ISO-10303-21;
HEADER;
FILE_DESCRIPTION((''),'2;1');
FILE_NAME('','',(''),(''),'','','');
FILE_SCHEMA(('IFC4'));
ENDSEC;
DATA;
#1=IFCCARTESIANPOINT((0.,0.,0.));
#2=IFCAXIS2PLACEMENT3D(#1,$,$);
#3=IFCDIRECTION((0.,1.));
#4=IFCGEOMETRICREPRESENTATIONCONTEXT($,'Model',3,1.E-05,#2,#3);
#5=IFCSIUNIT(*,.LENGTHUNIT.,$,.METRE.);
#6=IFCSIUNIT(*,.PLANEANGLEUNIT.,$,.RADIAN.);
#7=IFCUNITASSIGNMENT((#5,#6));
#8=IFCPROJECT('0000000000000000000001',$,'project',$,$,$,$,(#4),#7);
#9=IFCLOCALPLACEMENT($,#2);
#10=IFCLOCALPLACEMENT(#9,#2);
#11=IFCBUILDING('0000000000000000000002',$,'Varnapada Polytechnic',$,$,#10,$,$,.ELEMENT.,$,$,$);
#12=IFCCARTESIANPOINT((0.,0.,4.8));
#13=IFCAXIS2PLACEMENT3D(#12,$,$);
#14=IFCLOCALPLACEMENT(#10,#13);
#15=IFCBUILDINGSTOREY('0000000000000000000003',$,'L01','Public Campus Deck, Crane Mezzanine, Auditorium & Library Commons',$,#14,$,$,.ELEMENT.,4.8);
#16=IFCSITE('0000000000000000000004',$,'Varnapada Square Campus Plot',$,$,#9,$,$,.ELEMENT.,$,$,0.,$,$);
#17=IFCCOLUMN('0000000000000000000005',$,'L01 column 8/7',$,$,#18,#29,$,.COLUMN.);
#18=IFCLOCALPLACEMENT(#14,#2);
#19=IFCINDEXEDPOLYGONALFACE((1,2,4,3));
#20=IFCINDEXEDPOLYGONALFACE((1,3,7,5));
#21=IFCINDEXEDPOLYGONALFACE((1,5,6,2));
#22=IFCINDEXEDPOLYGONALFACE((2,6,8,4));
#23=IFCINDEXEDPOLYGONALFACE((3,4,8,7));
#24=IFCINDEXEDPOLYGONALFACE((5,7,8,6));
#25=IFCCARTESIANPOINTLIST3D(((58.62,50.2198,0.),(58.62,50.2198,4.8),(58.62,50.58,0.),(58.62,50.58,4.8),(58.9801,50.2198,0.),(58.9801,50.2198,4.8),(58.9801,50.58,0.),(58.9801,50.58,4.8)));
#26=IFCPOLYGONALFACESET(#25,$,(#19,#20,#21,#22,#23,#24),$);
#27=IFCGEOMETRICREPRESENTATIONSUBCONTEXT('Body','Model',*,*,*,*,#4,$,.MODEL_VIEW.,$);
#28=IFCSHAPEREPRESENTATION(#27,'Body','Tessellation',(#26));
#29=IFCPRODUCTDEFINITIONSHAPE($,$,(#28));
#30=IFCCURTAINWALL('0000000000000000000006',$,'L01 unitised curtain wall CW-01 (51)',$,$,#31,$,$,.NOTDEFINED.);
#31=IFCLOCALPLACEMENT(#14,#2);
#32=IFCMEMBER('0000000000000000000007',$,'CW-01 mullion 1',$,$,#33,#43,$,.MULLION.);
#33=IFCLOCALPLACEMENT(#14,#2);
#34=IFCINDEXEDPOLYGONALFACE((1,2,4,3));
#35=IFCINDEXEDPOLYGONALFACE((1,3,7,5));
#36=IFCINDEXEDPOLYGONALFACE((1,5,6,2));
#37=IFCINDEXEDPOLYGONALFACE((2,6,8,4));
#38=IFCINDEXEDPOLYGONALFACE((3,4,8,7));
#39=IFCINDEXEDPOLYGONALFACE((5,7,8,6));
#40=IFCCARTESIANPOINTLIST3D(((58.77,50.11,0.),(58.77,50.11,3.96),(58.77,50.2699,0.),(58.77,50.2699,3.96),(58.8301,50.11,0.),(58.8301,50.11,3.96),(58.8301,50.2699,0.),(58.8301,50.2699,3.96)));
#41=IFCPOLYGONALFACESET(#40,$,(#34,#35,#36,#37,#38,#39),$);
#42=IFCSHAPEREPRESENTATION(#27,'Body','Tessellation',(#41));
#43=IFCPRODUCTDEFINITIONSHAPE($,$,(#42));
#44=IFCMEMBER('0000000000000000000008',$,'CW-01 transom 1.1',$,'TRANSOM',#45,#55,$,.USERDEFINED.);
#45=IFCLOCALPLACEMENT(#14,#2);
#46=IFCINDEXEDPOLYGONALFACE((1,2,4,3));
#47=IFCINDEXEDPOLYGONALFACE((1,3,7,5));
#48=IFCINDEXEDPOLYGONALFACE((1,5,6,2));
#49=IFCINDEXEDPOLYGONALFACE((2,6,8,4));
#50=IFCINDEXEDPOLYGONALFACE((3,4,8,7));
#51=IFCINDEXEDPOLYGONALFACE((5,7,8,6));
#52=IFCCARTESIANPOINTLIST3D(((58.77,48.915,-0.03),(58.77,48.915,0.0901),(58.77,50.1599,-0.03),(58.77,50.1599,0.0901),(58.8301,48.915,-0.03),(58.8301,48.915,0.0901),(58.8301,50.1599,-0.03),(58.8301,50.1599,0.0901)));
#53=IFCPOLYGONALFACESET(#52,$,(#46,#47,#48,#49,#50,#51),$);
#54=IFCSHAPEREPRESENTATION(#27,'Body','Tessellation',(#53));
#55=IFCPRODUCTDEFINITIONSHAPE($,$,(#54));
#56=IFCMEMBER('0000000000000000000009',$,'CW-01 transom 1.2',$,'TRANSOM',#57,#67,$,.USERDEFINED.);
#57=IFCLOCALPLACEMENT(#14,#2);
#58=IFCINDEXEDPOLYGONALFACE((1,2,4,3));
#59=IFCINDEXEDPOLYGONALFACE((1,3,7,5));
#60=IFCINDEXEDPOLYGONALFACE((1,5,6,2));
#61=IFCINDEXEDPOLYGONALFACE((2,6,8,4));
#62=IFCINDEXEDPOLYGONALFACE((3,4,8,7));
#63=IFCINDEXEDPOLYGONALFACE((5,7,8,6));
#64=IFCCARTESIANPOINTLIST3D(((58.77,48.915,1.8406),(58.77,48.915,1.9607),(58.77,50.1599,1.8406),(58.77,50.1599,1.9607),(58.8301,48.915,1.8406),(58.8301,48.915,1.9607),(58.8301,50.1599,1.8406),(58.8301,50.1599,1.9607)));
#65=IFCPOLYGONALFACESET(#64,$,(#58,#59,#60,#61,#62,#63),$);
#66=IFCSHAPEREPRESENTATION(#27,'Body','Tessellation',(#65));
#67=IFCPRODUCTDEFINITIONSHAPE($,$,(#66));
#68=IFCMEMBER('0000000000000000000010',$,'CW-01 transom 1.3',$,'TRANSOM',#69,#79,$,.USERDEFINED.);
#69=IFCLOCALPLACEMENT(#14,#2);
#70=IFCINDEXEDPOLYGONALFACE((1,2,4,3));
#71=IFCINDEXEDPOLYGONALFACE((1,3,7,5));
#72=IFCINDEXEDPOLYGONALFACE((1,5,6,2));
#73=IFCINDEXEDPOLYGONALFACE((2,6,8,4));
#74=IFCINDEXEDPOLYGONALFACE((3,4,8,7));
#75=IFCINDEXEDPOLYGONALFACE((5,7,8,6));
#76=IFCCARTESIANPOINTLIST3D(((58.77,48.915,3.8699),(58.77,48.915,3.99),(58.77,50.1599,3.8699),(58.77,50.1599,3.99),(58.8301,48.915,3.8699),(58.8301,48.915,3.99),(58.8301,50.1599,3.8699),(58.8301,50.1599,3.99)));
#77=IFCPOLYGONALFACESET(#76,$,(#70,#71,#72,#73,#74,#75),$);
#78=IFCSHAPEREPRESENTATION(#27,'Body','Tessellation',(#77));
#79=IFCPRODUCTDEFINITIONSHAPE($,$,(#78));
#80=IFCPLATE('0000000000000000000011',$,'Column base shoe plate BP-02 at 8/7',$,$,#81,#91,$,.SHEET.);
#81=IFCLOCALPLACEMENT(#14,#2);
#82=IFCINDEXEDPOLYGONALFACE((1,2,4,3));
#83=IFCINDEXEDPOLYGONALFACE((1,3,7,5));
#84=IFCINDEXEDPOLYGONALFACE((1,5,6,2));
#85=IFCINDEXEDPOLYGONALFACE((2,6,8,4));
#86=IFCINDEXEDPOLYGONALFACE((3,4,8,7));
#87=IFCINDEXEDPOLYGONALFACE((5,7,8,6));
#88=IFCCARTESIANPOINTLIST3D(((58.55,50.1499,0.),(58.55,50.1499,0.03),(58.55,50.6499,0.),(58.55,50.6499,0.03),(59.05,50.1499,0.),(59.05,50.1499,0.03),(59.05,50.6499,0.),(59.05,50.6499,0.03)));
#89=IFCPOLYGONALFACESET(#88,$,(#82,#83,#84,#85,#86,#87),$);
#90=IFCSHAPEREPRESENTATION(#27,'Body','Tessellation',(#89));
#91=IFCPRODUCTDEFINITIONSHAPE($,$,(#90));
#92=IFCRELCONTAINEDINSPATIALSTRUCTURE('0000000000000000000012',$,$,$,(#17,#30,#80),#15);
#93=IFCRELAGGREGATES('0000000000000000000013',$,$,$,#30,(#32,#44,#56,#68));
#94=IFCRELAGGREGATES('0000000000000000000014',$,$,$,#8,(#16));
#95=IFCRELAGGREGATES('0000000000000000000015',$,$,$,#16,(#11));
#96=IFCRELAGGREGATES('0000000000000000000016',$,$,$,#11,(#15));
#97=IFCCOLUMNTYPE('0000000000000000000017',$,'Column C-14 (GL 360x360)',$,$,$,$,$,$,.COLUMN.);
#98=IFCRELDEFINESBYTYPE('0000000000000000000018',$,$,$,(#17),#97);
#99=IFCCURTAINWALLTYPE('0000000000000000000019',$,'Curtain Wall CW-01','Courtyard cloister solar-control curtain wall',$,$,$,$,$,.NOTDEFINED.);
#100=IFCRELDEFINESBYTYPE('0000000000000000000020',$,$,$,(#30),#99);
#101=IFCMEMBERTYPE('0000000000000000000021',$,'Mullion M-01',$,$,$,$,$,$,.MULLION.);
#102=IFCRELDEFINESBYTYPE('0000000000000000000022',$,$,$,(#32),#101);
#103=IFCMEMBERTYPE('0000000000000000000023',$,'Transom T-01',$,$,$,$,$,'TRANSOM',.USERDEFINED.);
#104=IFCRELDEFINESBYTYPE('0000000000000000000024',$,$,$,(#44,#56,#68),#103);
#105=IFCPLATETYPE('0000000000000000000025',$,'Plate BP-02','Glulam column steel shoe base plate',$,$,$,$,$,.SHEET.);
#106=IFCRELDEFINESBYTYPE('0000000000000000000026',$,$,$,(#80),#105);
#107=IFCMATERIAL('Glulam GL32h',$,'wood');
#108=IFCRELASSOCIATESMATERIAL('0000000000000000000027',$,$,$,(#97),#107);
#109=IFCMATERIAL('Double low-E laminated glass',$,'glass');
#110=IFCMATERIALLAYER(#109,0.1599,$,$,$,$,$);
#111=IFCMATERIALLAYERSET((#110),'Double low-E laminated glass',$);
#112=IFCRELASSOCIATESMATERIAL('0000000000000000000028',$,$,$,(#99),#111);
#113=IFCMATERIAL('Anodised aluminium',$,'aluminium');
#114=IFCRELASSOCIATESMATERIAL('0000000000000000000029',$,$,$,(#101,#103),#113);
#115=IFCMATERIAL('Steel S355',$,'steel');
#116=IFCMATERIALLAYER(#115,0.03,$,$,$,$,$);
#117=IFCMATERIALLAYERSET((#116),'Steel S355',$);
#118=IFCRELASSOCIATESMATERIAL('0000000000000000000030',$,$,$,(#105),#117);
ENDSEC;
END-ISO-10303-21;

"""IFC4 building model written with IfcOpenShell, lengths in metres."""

from ifc_helpers import new_model, si_unit, direction, frame, origin, origin_2d, place, context, subcontext, project, spatial, rectangle, extrude, material, layer, layer_set, material_profile, profile_set, type_object, element, aggregate, save


model = new_model("IFC4")

# Units and contexts
model_context = context("Model", 3, precision=1e-05, world=origin(), true_north=direction((0.0, 1.0)))
body_context = subcontext(model_context, "Body", "Model", "MODEL_VIEW")
ifc_project = project(units=[si_unit("LENGTHUNIT", "METRE"), si_unit("PLANEANGLEUNIT", "RADIAN")], contexts=[model_context])

# Site, building, storey
site_placement = place(None, origin())
site = spatial("IfcSite", under=ifc_project, at=site_placement, Name="Varnapada Square Campus Plot", CompositionType="ELEMENT", RefElevation=0.0)
building_placement = place(site_placement, origin())
building = spatial("IfcBuilding", under=site, at=building_placement, Name="Varnapada Polytechnic", CompositionType="ELEMENT")
storey_placement = place(building_placement, frame((0.0, 0.0, 4.8)))
storey = spatial("IfcBuildingStorey", under=building, at=storey_placement, Name="L01", Description="Public Campus Deck, Crane Mezzanine, Auditorium & Library Commons", CompositionType="ELEMENT", Elevation=4.8)

# Column
ifc_material_1 = material(Name="Glulam GL32h", Category="wood")
ifc_material_profile_1 = material_profile(ifc_material_1, rectangle(XDim=0.3601, YDim=0.3601, at=origin_2d()), Name="GL 360x360")
ifc_profile_set_1 = profile_set([ifc_material_profile_1], Name="Glulam GL32h")
column_type = type_object("IfcColumnType", Name="Column C-14 (GL 360x360)", PredefinedType="COLUMN", material=ifc_profile_set_1)
column_placement = place(storey_placement, frame((58.8, 50.3999, 0.0), z_axis=(0.0, 0.0, 1.0), x_axis=(1.0, 0.0, 0.0)))
element("IfcColumn", 1, at=column_placement, inside=storey, type_object=column_type, Name="L01 column 8/7", PredefinedType="COLUMN", context=body_context, shape_type="SweptSolid", body=[
    extrude(rectangle(XDim=0.3601, YDim=0.3601, at=origin_2d()), origin(), (0.0, 0.0, 1.0), 4.8),
])

# Curtain wall, members
ifc_material_2 = material(Name="Double low-E laminated glass", Category="glass")
ifc_layer_1 = layer(ifc_material_2, 0.1599)
ifc_layer_set_1 = layer_set([ifc_layer_1], Name="Double low-E laminated glass")
curtain_wall_type = type_object("IfcCurtainWallType", Name="Curtain Wall CW-01", Description="Courtyard cloister solar-control curtain wall", PredefinedType="NOTDEFINED", material=ifc_layer_set_1)
curtain_wall_placement = place(storey_placement, origin())
curtain_wall = element("IfcCurtainWall", 2, at=curtain_wall_placement, inside=storey, type_object=curtain_wall_type, Name="L01 unitised curtain wall CW-01 (51)", PredefinedType="NOTDEFINED")
ifc_material_3 = material(Name="Anodised aluminium", Category="aluminium")
ifc_material_profile_2 = material_profile(ifc_material_3, rectangle(XDim=0.0601, YDim=0.1599, at=origin_2d()), Name="ALU M60x160")
ifc_profile_set_2 = profile_set([ifc_material_profile_2], Name="Anodised aluminium")
member_type_1 = type_object("IfcMemberType", Name="Mullion M-01", PredefinedType="MULLION", material=ifc_profile_set_2)
member_1_placement = place(storey_placement, frame((58.8, 50.1899, 0.0), z_axis=(0.0, 0.0, 1.0), x_axis=(1.0, 0.0, 0.0)))
member_1 = element("IfcMember", 3, at=member_1_placement, type_object=member_type_1, Name="CW-01 mullion 1", PredefinedType="MULLION", context=body_context, shape_type="SweptSolid", body=[
    extrude(rectangle(XDim=0.0601, YDim=0.1599, at=origin_2d()), origin(), (0.0, 0.0, 1.0), 3.96),
])
ifc_material_profile_3 = material_profile(ifc_material_3, rectangle(XDim=0.0601, YDim=0.1201, at=origin_2d()), Name="ALU T60x120")
ifc_profile_set_3 = profile_set([ifc_material_profile_3], Name="Anodised aluminium")
member_type_2 = type_object("IfcMemberType", Name="Transom T-01", ElementType="TRANSOM", PredefinedType="USERDEFINED", material=ifc_profile_set_3)
member_2_placement = place(storey_placement, frame((58.8, 50.1599, 0.03), z_axis=(0.0, -1.0, 0.0), x_axis=(1.0, 0.0, 0.0)))
member_2 = element("IfcMember", 4, at=member_2_placement, type_object=member_type_2, Name="CW-01 transom 1.1", ObjectType="TRANSOM", PredefinedType="USERDEFINED", context=body_context, shape_type="SweptSolid", body=[
    extrude(rectangle(XDim=0.0601, YDim=0.1201, at=origin_2d()), origin(), (0.0, 0.0, 1.0), 1.2449),
])
member_3_placement = place(storey_placement, frame((58.8, 50.1599, 1.9006), z_axis=(0.0, -1.0, 0.0), x_axis=(1.0, 0.0, 0.0)))
member_3 = element("IfcMember", 5, at=member_3_placement, type_object=member_type_2, Name="CW-01 transom 1.2", ObjectType="TRANSOM", PredefinedType="USERDEFINED", context=body_context, shape_type="SweptSolid", body=[
    extrude(rectangle(XDim=0.0601, YDim=0.1201, at=origin_2d()), origin(), (0.0, 0.0, 1.0), 1.2449),
])
member_4_placement = place(storey_placement, frame((58.8, 50.1599, 3.9299), z_axis=(0.0, -1.0, 0.0), x_axis=(1.0, 0.0, 0.0)))
member_4 = element("IfcMember", 6, at=member_4_placement, type_object=member_type_2, Name="CW-01 transom 1.3", ObjectType="TRANSOM", PredefinedType="USERDEFINED", context=body_context, shape_type="SweptSolid", body=[
    extrude(rectangle(XDim=0.0601, YDim=0.1201, at=origin_2d()), origin(), (0.0, 0.0, 1.0), 1.2449),
])
aggregate(curtain_wall, [member_1, member_2, member_3, member_4])

# Plate
ifc_material_4 = material(Name="Steel S355", Category="steel")
ifc_layer_2 = layer(ifc_material_4, 0.03)
ifc_layer_set_2 = layer_set([ifc_layer_2], Name="Steel S355")
plate_type = type_object("IfcPlateType", Name="Plate BP-02", Description="Glulam column steel shoe base plate", PredefinedType="SHEET", material=ifc_layer_set_2)
plate_placement = place(storey_placement, frame((58.8, 50.3999, 0.0), z_axis=(0.0, 0.0, 1.0), x_axis=(1.0, 0.0, 0.0)))
element("IfcPlate", 7, at=plate_placement, inside=storey, type_object=plate_type, Name="Column base shoe plate BP-02 at 8/7", PredefinedType="SHEET", context=body_context, shape_type="SweptSolid", body=[
    extrude(rectangle(XDim=0.5, YDim=0.5, at=origin_2d()), origin(), (0.0, 0.0, 1.0), 0.03),
])

save(model, "model.ifc")
